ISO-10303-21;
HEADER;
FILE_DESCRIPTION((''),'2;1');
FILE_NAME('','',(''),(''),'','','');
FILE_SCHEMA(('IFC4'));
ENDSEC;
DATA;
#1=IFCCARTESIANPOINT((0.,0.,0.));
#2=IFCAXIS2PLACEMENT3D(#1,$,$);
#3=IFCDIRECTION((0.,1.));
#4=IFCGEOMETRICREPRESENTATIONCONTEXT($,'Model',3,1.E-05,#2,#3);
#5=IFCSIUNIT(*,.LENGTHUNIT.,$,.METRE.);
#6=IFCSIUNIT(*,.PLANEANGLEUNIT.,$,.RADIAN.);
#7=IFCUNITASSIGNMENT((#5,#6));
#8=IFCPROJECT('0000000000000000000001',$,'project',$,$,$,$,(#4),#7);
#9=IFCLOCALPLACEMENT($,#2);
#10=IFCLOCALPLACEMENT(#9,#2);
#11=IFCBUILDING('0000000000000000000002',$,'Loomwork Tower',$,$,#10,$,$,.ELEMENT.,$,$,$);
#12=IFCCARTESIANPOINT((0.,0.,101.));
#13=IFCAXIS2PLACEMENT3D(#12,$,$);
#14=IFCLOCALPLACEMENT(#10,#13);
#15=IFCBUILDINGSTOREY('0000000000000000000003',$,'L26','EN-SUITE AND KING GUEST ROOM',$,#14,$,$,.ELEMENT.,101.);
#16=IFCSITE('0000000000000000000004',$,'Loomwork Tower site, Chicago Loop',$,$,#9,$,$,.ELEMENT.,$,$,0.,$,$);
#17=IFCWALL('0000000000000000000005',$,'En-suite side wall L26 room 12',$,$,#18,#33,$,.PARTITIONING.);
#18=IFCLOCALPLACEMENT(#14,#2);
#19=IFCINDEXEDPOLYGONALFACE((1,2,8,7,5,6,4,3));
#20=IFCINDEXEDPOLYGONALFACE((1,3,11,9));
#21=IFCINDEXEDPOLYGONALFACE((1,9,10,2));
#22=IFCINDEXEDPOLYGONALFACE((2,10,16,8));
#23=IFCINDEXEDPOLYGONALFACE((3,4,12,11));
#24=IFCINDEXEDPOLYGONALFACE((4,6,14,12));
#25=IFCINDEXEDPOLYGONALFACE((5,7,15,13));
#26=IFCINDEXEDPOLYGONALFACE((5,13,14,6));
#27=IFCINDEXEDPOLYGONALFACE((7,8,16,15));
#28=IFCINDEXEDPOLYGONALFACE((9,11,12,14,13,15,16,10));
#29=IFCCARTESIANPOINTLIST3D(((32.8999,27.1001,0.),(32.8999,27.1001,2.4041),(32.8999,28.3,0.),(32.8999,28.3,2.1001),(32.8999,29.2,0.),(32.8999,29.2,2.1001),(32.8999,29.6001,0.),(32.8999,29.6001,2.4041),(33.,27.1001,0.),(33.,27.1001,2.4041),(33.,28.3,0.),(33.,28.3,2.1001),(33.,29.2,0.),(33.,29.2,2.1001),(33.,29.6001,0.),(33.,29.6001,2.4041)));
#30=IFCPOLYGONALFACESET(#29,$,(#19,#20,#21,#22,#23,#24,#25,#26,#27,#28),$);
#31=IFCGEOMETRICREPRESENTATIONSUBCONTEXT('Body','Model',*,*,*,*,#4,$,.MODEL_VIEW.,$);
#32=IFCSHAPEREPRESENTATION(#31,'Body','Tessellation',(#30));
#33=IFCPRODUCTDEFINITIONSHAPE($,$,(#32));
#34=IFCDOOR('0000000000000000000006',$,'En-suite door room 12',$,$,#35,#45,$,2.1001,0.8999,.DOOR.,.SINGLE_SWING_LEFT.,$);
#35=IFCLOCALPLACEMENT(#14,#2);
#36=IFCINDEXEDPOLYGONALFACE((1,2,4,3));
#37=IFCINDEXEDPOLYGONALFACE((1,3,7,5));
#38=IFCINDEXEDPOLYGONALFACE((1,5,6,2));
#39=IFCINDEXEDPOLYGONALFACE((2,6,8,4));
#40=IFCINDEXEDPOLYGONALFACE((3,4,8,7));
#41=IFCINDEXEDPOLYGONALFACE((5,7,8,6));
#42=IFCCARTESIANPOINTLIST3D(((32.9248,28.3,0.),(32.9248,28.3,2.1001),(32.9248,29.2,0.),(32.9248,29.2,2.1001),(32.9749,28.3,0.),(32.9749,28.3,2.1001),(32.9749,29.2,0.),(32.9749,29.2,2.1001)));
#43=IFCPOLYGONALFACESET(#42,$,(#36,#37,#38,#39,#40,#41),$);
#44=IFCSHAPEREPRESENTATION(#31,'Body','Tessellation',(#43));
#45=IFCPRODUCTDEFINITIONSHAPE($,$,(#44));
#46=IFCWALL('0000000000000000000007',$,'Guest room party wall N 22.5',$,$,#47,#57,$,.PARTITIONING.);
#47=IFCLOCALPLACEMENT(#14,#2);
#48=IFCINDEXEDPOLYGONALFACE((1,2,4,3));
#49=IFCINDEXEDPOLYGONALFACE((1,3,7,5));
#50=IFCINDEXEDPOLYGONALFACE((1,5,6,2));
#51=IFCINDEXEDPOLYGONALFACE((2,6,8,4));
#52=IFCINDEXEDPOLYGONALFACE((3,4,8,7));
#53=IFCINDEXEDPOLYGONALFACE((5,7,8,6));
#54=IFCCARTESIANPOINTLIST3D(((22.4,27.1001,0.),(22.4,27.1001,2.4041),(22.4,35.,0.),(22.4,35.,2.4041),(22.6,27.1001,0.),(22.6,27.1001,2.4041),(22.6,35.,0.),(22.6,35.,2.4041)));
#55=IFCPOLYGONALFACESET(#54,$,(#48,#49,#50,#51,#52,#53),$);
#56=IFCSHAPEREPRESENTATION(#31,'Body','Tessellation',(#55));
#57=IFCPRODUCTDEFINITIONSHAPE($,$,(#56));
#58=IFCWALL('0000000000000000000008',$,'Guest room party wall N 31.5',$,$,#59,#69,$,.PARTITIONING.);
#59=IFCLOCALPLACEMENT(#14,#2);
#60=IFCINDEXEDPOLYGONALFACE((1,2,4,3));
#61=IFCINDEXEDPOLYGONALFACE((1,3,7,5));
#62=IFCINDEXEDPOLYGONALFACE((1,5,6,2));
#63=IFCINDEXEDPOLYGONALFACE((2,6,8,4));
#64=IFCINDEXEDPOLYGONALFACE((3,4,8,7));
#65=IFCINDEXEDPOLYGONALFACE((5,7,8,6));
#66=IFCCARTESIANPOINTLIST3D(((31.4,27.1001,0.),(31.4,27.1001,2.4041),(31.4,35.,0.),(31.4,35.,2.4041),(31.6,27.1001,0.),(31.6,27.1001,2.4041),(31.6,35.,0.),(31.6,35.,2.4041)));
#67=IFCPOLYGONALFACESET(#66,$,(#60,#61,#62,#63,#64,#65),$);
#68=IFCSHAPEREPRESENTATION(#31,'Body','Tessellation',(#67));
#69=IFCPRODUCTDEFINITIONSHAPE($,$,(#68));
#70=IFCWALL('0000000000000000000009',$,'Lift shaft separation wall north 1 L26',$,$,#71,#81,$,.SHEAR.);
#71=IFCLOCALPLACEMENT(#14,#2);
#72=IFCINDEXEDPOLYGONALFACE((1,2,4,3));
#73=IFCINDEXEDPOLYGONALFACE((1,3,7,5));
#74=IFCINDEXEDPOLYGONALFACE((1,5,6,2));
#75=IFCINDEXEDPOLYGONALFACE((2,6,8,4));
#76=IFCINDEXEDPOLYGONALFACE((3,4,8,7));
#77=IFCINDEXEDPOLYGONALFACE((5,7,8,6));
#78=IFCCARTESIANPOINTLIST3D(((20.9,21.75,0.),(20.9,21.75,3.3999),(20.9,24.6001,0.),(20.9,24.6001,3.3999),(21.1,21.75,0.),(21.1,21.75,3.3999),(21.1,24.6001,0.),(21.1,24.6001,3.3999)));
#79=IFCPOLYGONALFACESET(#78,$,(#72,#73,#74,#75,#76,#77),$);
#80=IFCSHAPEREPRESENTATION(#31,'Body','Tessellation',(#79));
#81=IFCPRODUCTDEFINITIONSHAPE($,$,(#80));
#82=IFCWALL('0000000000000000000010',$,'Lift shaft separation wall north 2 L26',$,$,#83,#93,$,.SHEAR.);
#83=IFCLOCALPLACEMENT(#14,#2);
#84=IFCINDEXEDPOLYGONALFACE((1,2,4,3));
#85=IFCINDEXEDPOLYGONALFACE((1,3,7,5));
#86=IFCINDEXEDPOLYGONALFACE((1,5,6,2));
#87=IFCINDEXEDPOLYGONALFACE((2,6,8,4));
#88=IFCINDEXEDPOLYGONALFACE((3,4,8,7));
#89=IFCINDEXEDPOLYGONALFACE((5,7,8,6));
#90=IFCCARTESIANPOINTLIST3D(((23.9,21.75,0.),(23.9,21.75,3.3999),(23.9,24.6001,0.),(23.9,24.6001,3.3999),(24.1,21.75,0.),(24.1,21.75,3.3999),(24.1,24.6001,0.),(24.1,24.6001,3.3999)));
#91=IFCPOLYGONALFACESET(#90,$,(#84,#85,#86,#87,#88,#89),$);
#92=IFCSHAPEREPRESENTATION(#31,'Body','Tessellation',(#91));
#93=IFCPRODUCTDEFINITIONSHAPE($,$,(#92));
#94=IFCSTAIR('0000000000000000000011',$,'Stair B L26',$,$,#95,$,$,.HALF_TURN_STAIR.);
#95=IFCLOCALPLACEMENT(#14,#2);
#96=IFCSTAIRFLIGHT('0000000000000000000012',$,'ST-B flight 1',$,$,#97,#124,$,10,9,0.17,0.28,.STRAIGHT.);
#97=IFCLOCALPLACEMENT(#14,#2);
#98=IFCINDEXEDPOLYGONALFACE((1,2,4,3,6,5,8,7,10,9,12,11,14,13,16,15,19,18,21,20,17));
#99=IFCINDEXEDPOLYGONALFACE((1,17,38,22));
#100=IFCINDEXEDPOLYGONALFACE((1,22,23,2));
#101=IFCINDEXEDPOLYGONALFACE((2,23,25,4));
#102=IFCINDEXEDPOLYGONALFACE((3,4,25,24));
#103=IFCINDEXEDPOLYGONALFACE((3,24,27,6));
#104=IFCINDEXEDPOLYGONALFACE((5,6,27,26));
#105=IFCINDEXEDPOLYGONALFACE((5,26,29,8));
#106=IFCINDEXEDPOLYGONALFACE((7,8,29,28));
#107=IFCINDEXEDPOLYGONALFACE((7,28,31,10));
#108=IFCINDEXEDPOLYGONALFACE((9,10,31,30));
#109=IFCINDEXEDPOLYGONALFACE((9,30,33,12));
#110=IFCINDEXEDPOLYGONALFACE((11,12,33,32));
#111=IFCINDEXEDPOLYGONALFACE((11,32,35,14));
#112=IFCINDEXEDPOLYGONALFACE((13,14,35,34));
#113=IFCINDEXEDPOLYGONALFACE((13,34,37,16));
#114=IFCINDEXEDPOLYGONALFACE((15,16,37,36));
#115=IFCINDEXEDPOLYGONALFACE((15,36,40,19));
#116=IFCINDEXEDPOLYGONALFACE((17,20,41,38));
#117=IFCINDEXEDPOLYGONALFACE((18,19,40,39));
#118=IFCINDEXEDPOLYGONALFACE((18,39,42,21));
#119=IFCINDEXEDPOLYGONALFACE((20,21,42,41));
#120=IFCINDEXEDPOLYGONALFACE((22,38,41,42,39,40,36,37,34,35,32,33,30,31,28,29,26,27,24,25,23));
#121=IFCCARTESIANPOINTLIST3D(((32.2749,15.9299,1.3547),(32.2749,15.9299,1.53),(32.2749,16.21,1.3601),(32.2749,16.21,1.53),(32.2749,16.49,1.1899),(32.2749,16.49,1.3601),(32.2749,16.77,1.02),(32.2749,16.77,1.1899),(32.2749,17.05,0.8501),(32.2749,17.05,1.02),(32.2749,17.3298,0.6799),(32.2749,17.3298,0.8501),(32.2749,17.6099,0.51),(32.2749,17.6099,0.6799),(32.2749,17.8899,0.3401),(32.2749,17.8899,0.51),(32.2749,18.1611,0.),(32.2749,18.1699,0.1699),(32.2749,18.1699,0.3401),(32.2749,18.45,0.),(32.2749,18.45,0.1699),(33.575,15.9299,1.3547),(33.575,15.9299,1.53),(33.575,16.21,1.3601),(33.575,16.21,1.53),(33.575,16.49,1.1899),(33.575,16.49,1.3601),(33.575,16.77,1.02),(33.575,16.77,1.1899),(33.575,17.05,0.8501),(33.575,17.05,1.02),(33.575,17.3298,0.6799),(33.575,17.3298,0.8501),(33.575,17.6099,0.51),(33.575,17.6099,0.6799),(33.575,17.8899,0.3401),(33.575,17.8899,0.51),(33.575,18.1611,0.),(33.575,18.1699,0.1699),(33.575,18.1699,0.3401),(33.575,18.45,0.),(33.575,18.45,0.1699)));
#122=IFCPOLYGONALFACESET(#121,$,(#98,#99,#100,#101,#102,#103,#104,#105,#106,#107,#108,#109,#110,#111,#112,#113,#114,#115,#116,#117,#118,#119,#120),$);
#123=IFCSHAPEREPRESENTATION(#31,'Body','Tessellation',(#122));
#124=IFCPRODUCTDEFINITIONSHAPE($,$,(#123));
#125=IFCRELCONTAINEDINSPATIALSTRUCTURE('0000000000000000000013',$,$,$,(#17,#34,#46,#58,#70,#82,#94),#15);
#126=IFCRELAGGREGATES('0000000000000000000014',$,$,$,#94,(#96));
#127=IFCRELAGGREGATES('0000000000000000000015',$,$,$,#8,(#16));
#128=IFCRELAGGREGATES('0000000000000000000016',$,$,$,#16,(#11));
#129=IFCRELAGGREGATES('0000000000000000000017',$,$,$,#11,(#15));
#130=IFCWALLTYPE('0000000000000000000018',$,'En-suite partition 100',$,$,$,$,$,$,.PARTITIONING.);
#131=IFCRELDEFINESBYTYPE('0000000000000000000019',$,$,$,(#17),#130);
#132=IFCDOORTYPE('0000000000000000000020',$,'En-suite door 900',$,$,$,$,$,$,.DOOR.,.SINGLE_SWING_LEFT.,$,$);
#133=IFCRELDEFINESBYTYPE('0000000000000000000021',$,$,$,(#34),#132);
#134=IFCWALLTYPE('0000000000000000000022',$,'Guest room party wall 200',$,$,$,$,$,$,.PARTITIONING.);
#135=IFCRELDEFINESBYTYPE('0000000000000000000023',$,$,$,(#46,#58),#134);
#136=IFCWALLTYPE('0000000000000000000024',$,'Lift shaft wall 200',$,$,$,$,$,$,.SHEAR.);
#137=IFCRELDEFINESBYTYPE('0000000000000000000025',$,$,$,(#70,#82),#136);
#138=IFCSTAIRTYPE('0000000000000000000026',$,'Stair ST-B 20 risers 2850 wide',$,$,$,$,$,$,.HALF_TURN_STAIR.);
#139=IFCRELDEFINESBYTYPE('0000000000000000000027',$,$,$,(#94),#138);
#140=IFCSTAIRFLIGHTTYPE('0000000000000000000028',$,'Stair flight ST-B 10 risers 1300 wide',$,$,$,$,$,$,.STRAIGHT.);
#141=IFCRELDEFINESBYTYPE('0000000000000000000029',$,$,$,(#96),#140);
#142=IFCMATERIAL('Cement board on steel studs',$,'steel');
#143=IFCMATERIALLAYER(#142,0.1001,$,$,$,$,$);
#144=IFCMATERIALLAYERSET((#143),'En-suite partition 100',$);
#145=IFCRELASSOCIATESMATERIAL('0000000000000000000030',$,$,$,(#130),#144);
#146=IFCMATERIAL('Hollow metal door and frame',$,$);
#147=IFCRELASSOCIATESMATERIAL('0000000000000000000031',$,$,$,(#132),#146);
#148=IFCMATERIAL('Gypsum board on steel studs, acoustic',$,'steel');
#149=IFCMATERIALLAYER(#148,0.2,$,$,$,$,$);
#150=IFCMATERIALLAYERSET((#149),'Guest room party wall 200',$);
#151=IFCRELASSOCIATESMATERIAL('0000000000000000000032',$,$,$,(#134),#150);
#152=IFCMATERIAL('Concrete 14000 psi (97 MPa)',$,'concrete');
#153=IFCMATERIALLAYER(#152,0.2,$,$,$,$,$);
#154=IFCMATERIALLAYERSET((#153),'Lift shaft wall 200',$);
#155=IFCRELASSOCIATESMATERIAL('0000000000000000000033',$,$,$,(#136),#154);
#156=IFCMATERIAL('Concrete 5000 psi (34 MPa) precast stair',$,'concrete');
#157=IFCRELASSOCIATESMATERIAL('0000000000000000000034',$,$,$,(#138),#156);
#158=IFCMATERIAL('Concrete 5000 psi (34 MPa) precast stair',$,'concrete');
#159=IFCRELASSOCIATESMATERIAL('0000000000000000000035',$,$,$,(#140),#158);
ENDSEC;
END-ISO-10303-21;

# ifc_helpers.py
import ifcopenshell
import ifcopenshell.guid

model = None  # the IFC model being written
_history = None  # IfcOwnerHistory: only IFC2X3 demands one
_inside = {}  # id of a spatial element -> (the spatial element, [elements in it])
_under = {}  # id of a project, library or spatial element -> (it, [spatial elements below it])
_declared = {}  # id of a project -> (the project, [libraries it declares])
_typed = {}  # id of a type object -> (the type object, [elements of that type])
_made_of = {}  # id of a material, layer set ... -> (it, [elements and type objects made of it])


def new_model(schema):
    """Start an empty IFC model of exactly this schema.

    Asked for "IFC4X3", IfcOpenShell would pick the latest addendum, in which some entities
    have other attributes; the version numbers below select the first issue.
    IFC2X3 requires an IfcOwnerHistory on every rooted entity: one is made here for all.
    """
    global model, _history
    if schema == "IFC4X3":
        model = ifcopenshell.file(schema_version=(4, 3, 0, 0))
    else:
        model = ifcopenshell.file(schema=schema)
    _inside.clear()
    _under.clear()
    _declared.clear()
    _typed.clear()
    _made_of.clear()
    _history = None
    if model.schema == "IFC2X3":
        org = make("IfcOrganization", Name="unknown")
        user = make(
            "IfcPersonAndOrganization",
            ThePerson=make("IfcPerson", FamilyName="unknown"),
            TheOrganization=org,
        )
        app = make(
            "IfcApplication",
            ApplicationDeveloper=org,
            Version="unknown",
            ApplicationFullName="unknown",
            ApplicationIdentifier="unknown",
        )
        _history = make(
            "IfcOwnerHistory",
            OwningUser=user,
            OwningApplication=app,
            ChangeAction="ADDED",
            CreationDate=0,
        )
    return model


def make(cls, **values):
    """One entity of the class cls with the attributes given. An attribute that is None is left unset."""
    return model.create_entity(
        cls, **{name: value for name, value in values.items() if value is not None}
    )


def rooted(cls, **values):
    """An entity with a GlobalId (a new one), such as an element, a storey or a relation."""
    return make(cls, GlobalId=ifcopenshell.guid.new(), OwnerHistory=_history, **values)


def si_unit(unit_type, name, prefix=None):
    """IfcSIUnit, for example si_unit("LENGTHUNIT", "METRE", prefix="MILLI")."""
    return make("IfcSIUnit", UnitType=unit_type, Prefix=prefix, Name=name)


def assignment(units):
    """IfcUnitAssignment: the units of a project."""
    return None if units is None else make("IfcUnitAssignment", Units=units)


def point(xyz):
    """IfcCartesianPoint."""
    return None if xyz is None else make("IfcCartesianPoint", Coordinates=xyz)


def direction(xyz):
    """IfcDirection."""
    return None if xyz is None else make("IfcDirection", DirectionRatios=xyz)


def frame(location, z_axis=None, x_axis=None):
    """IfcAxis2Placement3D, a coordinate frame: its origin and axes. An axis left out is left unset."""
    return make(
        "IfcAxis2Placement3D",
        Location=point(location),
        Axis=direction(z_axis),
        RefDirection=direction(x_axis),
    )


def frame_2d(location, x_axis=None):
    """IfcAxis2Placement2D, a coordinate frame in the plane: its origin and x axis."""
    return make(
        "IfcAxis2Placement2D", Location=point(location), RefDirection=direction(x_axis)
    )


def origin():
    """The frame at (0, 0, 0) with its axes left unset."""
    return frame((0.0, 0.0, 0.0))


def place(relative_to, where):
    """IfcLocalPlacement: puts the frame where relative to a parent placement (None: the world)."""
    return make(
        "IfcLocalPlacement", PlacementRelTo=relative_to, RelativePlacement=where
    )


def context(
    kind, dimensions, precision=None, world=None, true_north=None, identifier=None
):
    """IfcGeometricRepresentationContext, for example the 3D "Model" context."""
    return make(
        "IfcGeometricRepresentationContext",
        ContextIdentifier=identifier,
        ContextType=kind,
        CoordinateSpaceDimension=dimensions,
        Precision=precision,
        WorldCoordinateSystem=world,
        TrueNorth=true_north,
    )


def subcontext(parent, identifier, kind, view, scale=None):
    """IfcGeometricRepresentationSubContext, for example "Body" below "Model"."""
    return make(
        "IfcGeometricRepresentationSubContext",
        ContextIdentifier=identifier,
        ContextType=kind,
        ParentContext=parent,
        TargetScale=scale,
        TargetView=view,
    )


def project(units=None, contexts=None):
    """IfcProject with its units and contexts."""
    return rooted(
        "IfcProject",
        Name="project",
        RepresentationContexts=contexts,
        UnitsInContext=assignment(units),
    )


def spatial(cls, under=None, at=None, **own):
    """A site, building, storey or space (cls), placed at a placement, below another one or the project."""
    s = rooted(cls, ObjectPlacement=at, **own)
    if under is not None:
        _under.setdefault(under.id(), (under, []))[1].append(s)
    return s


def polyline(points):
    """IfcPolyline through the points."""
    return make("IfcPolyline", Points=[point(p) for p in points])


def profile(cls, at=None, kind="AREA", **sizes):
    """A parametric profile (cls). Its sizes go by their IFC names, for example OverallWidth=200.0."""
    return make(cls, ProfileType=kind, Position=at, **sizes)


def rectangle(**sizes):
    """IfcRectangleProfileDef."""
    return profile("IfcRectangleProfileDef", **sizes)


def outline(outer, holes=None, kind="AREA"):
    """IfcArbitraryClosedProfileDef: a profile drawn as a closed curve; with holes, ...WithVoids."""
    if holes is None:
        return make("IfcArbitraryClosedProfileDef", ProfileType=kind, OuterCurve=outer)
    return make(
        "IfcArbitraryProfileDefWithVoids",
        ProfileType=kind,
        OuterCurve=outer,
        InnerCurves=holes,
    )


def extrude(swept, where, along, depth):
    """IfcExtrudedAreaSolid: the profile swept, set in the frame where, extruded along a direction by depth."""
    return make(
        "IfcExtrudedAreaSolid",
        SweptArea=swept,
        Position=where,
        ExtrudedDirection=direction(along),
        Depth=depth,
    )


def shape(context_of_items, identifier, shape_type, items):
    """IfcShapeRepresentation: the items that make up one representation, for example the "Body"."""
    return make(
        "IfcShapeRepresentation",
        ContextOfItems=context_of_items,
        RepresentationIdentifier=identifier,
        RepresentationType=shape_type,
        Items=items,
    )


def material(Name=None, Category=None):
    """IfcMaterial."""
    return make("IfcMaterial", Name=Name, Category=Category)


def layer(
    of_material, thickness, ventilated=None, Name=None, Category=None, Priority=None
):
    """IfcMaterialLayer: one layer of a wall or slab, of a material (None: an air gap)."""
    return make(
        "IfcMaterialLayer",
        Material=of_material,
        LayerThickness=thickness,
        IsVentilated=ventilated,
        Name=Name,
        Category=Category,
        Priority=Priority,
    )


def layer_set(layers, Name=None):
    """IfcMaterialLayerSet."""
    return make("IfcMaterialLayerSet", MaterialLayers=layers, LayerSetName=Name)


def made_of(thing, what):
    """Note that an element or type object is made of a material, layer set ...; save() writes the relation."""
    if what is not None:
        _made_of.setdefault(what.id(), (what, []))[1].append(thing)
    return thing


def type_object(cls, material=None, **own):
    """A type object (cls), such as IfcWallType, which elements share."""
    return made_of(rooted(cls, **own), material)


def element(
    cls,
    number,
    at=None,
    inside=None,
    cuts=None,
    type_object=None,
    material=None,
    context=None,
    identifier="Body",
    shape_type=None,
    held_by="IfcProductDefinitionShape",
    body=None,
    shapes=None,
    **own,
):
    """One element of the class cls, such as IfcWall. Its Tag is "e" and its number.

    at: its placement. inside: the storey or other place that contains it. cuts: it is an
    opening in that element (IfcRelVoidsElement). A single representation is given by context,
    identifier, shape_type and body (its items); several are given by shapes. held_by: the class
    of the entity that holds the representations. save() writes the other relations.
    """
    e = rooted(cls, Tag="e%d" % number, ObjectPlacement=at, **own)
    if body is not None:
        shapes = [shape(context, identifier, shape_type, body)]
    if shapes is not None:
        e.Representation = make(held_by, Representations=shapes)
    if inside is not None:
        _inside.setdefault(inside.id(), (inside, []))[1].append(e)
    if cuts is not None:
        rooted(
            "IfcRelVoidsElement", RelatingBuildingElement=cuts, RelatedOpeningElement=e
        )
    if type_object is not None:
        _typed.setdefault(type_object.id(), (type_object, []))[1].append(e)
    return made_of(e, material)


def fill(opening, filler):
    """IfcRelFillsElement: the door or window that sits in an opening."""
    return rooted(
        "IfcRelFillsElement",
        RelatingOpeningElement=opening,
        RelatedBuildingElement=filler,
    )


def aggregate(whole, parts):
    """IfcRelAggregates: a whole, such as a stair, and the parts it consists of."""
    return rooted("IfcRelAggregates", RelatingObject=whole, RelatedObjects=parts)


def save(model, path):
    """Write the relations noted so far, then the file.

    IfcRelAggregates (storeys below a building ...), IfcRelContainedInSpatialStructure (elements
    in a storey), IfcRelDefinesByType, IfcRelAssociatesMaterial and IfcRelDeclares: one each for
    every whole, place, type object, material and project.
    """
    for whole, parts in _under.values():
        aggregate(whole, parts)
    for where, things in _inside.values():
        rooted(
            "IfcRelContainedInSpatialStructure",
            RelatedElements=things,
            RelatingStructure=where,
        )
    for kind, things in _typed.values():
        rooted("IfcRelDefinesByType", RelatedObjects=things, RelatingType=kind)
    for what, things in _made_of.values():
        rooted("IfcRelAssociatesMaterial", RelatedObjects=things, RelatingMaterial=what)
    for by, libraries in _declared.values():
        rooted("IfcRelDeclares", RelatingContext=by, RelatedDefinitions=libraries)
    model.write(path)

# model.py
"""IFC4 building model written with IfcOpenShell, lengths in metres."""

from ifc_helpers import new_model, si_unit, direction, frame, frame_2d, origin, place, context, subcontext, project, spatial, polyline, rectangle, outline, extrude, material, layer, layer_set, type_object, element, fill, aggregate, save


model = new_model("IFC4")

# Units and contexts
model_context = context("Model", 3, precision=1e-05, world=origin(), true_north=direction((0.0, 1.0)))
body_context = subcontext(model_context, "Body", "Model", "MODEL_VIEW")
ifc_project = project(units=[si_unit("LENGTHUNIT", "METRE"), si_unit("PLANEANGLEUNIT", "RADIAN")], contexts=[model_context])

# Site, building, storey
site_placement = place(None, origin())
site = spatial("IfcSite", under=ifc_project, at=site_placement, Name="Loomwork Tower site, Chicago Loop", CompositionType="ELEMENT", RefElevation=0.0)
building_placement = place(site_placement, origin())
building = spatial("IfcBuilding", under=site, at=building_placement, Name="Loomwork Tower", CompositionType="ELEMENT")
storey_placement = place(building_placement, frame((0.0, 0.0, 101.0)))
storey = spatial("IfcBuildingStorey", under=building, at=storey_placement, Name="L26", Description="EN-SUITE AND KING GUEST ROOM", CompositionType="ELEMENT", Elevation=101.0)

# Shared definitions
ifc_material_1 = material(Name="Cement board on steel studs", Category="steel")
ifc_layer_1 = layer(ifc_material_1, 0.1001)
ifc_layer_set_1 = layer_set([ifc_layer_1], Name="En-suite partition 100")
wall_type_1 = type_object("IfcWallType", Name="En-suite partition 100", PredefinedType="PARTITIONING", material=ifc_layer_set_1)
ifc_material_2 = material(Name="Hollow metal door and frame")
door_type_1 = type_object("IfcDoorType", Name="En-suite door 900", OperationType="SINGLE_SWING_LEFT", PredefinedType="DOOR", material=ifc_material_2)

# Wall, opening, door
wall_1_placement = place(storey_placement, frame((32.95, 27.1001, 0.0), z_axis=(0.0, 0.0, 1.0), x_axis=(0.0, 1.0, 0.0)))
wall_1 = element("IfcWall", 1, at=wall_1_placement, inside=storey, type_object=wall_type_1, Name="En-suite side wall L26 room 12", PredefinedType="PARTITIONING", context=body_context, shape_type="SweptSolid", body=[
    extrude(rectangle(XDim=2.5, YDim=0.1001, at=frame_2d((1.25, 0.0))), origin(), (0.0, 0.0, 1.0), 2.4041),
])
opening_1_placement = place(wall_1_placement, frame((1.2, 0.0, 0.0)))
opening_1 = element("IfcOpeningElement", 2, at=opening_1_placement, cuts=wall_1, PredefinedType="OPENING", context=body_context, shape_type="SweptSolid", body=[
    extrude(rectangle(XDim=0.8999, YDim=2.1001, at=frame_2d((0.45, 1.05))), frame((0.0, 0.0601, 0.0), z_axis=(0.0, -1.0, 0.0), x_axis=(1.0, 0.0, 0.0)), (0.0, 0.0, 1.0), 0.1201),
])
door_1_placement = place(opening_1_placement, frame((0.8999, 0.0, 0.0), z_axis=(0.0, 0.0, 1.0), x_axis=(-1.0, 0.0, 0.0)))
door_1 = element("IfcDoor", 3, at=door_1_placement, inside=storey, type_object=door_type_1, Name="En-suite door room 12", OperationType="SINGLE_SWING_LEFT", OverallHeight=2.1001, OverallWidth=0.8999, PredefinedType="DOOR", context=body_context, shape_type="SweptSolid", body=[
    extrude(rectangle(XDim=0.8999, YDim=2.1001, at=frame_2d((0.45, 1.05))), frame((0.0, 0.0249, 0.0), z_axis=(0.0, -1.0, 0.0), x_axis=(1.0, 0.0, 0.0)), (0.0, 0.0, 1.0), 0.05),
])
fill(opening_1, door_1)

# Walls
ifc_material_3 = material(Name="Gypsum board on steel studs, acoustic", Category="steel")
ifc_layer_2 = layer(ifc_material_3, 0.2)
ifc_layer_set_2 = layer_set([ifc_layer_2], Name="Guest room party wall 200")
wall_type_2 = type_object("IfcWallType", Name="Guest room party wall 200", PredefinedType="PARTITIONING", material=ifc_layer_set_2)
for number, where, z_axis, x_axis, name in (
    (4, (22.5, 27.1001, 0.0), (0.0, 0.0, 1.0), (0.0, 1.0, 0.0), "Guest room party wall N 22.5"),
    (5, (31.5, 27.1001, 0.0), (0.0, 0.0, 1.0), (0.0, 1.0, 0.0), "Guest room party wall N 31.5"),
):
    element("IfcWall", number, at=place(storey_placement, frame(where, z_axis=z_axis, x_axis=x_axis)), inside=storey, type_object=wall_type_2, Name=name, PredefinedType="PARTITIONING", context=body_context, shape_type="SweptSolid", body=[
        extrude(rectangle(XDim=7.8999, YDim=0.2, at=frame_2d((3.95, 0.0))), origin(), (0.0, 0.0, 1.0), 2.4041),
    ])
ifc_material_4 = material(Name="Concrete 14000 psi (97 MPa)", Category="concrete")
ifc_layer_3 = layer(ifc_material_4, 0.2)
ifc_layer_set_3 = layer_set([ifc_layer_3], Name="Lift shaft wall 200")
wall_type_3 = type_object("IfcWallType", Name="Lift shaft wall 200", PredefinedType="SHEAR", material=ifc_layer_set_3)
for number, where, z_axis, x_axis, name in (
    (6, (21.0, 21.75, 0.0), (0.0, 0.0, 1.0), (0.0, 1.0, 0.0), "Lift shaft separation wall north 1 L26"),
    (7, (24.0, 21.75, 0.0), (0.0, 0.0, 1.0), (0.0, 1.0, 0.0), "Lift shaft separation wall north 2 L26"),
):
    element("IfcWall", number, at=place(storey_placement, frame(where, z_axis=z_axis, x_axis=x_axis)), inside=storey, type_object=wall_type_3, Name=name, PredefinedType="SHEAR", context=body_context, shape_type="SweptSolid", body=[
        extrude(rectangle(XDim=2.8501, YDim=0.2, at=frame_2d((1.425, 0.0))), origin(), (0.0, 0.0, 1.0), 3.3999),
    ])

# Stair, stair flight
ifc_material_5 = material(Name="Concrete 5000 psi (34 MPa) precast stair", Category="concrete")
stair_type = type_object("IfcStairType", Name="Stair ST-B 20 risers 2850 wide", PredefinedType="HALF_TURN_STAIR", material=ifc_material_5)
stair_placement = place(storey_placement, origin())
stair = element("IfcStair", 8, at=stair_placement, inside=storey, type_object=stair_type, Name="Stair B L26", PredefinedType="HALF_TURN_STAIR")
ifc_material_6 = material(Name="Concrete 5000 psi (34 MPa) precast stair", Category="concrete")
stair_flight_type = type_object("IfcStairFlightType", Name="Stair flight ST-B 10 risers 1300 wide", PredefinedType="STRAIGHT", material=ifc_material_6)
stair_flight_placement = place(storey_placement, frame((32.925, 18.45, 0.0), z_axis=(0.0, 0.0, 1.0), x_axis=(0.0, -1.0, 0.0)))
stair_flight = element("IfcStairFlight", 9, at=stair_flight_placement, type_object=stair_flight_type, Name="ST-B flight 1", NumberOfRisers=10, NumberOfTreads=9, PredefinedType="STRAIGHT", RiserHeight=0.17, TreadLength=0.28, context=body_context, shape_type="SweptSolid", body=[
    extrude(outline(polyline([(0.0, 0.0), (0.0, 0.1699), (0.28, 0.1699), (0.28, 0.3401), (0.5601, 0.3401), (0.5601, 0.51), (0.8401, 0.51), (0.8401, 0.6799), (1.1201, 0.6799), (1.1201, 0.8501), (1.3999, 0.8501), (1.3999, 1.02), (1.6799, 1.02), (1.6799, 1.1899), (1.96, 1.1899), (1.96, 1.3601), (2.24, 1.3601), (2.24, 1.53), (2.52, 1.53), (2.52, 1.7), (2.52, 1.3547), (0.2888, 0.0), (0.0, 0.0)])), frame((0.0, 0.6499, 0.0), z_axis=(0.0, -1.0, 0.0), x_axis=(1.0, 0.0, 0.0)), (0.0, 0.0, 1.0), 1.3),
])
aggregate(stair, [stair_flight])

save(model, "model.ifc")
